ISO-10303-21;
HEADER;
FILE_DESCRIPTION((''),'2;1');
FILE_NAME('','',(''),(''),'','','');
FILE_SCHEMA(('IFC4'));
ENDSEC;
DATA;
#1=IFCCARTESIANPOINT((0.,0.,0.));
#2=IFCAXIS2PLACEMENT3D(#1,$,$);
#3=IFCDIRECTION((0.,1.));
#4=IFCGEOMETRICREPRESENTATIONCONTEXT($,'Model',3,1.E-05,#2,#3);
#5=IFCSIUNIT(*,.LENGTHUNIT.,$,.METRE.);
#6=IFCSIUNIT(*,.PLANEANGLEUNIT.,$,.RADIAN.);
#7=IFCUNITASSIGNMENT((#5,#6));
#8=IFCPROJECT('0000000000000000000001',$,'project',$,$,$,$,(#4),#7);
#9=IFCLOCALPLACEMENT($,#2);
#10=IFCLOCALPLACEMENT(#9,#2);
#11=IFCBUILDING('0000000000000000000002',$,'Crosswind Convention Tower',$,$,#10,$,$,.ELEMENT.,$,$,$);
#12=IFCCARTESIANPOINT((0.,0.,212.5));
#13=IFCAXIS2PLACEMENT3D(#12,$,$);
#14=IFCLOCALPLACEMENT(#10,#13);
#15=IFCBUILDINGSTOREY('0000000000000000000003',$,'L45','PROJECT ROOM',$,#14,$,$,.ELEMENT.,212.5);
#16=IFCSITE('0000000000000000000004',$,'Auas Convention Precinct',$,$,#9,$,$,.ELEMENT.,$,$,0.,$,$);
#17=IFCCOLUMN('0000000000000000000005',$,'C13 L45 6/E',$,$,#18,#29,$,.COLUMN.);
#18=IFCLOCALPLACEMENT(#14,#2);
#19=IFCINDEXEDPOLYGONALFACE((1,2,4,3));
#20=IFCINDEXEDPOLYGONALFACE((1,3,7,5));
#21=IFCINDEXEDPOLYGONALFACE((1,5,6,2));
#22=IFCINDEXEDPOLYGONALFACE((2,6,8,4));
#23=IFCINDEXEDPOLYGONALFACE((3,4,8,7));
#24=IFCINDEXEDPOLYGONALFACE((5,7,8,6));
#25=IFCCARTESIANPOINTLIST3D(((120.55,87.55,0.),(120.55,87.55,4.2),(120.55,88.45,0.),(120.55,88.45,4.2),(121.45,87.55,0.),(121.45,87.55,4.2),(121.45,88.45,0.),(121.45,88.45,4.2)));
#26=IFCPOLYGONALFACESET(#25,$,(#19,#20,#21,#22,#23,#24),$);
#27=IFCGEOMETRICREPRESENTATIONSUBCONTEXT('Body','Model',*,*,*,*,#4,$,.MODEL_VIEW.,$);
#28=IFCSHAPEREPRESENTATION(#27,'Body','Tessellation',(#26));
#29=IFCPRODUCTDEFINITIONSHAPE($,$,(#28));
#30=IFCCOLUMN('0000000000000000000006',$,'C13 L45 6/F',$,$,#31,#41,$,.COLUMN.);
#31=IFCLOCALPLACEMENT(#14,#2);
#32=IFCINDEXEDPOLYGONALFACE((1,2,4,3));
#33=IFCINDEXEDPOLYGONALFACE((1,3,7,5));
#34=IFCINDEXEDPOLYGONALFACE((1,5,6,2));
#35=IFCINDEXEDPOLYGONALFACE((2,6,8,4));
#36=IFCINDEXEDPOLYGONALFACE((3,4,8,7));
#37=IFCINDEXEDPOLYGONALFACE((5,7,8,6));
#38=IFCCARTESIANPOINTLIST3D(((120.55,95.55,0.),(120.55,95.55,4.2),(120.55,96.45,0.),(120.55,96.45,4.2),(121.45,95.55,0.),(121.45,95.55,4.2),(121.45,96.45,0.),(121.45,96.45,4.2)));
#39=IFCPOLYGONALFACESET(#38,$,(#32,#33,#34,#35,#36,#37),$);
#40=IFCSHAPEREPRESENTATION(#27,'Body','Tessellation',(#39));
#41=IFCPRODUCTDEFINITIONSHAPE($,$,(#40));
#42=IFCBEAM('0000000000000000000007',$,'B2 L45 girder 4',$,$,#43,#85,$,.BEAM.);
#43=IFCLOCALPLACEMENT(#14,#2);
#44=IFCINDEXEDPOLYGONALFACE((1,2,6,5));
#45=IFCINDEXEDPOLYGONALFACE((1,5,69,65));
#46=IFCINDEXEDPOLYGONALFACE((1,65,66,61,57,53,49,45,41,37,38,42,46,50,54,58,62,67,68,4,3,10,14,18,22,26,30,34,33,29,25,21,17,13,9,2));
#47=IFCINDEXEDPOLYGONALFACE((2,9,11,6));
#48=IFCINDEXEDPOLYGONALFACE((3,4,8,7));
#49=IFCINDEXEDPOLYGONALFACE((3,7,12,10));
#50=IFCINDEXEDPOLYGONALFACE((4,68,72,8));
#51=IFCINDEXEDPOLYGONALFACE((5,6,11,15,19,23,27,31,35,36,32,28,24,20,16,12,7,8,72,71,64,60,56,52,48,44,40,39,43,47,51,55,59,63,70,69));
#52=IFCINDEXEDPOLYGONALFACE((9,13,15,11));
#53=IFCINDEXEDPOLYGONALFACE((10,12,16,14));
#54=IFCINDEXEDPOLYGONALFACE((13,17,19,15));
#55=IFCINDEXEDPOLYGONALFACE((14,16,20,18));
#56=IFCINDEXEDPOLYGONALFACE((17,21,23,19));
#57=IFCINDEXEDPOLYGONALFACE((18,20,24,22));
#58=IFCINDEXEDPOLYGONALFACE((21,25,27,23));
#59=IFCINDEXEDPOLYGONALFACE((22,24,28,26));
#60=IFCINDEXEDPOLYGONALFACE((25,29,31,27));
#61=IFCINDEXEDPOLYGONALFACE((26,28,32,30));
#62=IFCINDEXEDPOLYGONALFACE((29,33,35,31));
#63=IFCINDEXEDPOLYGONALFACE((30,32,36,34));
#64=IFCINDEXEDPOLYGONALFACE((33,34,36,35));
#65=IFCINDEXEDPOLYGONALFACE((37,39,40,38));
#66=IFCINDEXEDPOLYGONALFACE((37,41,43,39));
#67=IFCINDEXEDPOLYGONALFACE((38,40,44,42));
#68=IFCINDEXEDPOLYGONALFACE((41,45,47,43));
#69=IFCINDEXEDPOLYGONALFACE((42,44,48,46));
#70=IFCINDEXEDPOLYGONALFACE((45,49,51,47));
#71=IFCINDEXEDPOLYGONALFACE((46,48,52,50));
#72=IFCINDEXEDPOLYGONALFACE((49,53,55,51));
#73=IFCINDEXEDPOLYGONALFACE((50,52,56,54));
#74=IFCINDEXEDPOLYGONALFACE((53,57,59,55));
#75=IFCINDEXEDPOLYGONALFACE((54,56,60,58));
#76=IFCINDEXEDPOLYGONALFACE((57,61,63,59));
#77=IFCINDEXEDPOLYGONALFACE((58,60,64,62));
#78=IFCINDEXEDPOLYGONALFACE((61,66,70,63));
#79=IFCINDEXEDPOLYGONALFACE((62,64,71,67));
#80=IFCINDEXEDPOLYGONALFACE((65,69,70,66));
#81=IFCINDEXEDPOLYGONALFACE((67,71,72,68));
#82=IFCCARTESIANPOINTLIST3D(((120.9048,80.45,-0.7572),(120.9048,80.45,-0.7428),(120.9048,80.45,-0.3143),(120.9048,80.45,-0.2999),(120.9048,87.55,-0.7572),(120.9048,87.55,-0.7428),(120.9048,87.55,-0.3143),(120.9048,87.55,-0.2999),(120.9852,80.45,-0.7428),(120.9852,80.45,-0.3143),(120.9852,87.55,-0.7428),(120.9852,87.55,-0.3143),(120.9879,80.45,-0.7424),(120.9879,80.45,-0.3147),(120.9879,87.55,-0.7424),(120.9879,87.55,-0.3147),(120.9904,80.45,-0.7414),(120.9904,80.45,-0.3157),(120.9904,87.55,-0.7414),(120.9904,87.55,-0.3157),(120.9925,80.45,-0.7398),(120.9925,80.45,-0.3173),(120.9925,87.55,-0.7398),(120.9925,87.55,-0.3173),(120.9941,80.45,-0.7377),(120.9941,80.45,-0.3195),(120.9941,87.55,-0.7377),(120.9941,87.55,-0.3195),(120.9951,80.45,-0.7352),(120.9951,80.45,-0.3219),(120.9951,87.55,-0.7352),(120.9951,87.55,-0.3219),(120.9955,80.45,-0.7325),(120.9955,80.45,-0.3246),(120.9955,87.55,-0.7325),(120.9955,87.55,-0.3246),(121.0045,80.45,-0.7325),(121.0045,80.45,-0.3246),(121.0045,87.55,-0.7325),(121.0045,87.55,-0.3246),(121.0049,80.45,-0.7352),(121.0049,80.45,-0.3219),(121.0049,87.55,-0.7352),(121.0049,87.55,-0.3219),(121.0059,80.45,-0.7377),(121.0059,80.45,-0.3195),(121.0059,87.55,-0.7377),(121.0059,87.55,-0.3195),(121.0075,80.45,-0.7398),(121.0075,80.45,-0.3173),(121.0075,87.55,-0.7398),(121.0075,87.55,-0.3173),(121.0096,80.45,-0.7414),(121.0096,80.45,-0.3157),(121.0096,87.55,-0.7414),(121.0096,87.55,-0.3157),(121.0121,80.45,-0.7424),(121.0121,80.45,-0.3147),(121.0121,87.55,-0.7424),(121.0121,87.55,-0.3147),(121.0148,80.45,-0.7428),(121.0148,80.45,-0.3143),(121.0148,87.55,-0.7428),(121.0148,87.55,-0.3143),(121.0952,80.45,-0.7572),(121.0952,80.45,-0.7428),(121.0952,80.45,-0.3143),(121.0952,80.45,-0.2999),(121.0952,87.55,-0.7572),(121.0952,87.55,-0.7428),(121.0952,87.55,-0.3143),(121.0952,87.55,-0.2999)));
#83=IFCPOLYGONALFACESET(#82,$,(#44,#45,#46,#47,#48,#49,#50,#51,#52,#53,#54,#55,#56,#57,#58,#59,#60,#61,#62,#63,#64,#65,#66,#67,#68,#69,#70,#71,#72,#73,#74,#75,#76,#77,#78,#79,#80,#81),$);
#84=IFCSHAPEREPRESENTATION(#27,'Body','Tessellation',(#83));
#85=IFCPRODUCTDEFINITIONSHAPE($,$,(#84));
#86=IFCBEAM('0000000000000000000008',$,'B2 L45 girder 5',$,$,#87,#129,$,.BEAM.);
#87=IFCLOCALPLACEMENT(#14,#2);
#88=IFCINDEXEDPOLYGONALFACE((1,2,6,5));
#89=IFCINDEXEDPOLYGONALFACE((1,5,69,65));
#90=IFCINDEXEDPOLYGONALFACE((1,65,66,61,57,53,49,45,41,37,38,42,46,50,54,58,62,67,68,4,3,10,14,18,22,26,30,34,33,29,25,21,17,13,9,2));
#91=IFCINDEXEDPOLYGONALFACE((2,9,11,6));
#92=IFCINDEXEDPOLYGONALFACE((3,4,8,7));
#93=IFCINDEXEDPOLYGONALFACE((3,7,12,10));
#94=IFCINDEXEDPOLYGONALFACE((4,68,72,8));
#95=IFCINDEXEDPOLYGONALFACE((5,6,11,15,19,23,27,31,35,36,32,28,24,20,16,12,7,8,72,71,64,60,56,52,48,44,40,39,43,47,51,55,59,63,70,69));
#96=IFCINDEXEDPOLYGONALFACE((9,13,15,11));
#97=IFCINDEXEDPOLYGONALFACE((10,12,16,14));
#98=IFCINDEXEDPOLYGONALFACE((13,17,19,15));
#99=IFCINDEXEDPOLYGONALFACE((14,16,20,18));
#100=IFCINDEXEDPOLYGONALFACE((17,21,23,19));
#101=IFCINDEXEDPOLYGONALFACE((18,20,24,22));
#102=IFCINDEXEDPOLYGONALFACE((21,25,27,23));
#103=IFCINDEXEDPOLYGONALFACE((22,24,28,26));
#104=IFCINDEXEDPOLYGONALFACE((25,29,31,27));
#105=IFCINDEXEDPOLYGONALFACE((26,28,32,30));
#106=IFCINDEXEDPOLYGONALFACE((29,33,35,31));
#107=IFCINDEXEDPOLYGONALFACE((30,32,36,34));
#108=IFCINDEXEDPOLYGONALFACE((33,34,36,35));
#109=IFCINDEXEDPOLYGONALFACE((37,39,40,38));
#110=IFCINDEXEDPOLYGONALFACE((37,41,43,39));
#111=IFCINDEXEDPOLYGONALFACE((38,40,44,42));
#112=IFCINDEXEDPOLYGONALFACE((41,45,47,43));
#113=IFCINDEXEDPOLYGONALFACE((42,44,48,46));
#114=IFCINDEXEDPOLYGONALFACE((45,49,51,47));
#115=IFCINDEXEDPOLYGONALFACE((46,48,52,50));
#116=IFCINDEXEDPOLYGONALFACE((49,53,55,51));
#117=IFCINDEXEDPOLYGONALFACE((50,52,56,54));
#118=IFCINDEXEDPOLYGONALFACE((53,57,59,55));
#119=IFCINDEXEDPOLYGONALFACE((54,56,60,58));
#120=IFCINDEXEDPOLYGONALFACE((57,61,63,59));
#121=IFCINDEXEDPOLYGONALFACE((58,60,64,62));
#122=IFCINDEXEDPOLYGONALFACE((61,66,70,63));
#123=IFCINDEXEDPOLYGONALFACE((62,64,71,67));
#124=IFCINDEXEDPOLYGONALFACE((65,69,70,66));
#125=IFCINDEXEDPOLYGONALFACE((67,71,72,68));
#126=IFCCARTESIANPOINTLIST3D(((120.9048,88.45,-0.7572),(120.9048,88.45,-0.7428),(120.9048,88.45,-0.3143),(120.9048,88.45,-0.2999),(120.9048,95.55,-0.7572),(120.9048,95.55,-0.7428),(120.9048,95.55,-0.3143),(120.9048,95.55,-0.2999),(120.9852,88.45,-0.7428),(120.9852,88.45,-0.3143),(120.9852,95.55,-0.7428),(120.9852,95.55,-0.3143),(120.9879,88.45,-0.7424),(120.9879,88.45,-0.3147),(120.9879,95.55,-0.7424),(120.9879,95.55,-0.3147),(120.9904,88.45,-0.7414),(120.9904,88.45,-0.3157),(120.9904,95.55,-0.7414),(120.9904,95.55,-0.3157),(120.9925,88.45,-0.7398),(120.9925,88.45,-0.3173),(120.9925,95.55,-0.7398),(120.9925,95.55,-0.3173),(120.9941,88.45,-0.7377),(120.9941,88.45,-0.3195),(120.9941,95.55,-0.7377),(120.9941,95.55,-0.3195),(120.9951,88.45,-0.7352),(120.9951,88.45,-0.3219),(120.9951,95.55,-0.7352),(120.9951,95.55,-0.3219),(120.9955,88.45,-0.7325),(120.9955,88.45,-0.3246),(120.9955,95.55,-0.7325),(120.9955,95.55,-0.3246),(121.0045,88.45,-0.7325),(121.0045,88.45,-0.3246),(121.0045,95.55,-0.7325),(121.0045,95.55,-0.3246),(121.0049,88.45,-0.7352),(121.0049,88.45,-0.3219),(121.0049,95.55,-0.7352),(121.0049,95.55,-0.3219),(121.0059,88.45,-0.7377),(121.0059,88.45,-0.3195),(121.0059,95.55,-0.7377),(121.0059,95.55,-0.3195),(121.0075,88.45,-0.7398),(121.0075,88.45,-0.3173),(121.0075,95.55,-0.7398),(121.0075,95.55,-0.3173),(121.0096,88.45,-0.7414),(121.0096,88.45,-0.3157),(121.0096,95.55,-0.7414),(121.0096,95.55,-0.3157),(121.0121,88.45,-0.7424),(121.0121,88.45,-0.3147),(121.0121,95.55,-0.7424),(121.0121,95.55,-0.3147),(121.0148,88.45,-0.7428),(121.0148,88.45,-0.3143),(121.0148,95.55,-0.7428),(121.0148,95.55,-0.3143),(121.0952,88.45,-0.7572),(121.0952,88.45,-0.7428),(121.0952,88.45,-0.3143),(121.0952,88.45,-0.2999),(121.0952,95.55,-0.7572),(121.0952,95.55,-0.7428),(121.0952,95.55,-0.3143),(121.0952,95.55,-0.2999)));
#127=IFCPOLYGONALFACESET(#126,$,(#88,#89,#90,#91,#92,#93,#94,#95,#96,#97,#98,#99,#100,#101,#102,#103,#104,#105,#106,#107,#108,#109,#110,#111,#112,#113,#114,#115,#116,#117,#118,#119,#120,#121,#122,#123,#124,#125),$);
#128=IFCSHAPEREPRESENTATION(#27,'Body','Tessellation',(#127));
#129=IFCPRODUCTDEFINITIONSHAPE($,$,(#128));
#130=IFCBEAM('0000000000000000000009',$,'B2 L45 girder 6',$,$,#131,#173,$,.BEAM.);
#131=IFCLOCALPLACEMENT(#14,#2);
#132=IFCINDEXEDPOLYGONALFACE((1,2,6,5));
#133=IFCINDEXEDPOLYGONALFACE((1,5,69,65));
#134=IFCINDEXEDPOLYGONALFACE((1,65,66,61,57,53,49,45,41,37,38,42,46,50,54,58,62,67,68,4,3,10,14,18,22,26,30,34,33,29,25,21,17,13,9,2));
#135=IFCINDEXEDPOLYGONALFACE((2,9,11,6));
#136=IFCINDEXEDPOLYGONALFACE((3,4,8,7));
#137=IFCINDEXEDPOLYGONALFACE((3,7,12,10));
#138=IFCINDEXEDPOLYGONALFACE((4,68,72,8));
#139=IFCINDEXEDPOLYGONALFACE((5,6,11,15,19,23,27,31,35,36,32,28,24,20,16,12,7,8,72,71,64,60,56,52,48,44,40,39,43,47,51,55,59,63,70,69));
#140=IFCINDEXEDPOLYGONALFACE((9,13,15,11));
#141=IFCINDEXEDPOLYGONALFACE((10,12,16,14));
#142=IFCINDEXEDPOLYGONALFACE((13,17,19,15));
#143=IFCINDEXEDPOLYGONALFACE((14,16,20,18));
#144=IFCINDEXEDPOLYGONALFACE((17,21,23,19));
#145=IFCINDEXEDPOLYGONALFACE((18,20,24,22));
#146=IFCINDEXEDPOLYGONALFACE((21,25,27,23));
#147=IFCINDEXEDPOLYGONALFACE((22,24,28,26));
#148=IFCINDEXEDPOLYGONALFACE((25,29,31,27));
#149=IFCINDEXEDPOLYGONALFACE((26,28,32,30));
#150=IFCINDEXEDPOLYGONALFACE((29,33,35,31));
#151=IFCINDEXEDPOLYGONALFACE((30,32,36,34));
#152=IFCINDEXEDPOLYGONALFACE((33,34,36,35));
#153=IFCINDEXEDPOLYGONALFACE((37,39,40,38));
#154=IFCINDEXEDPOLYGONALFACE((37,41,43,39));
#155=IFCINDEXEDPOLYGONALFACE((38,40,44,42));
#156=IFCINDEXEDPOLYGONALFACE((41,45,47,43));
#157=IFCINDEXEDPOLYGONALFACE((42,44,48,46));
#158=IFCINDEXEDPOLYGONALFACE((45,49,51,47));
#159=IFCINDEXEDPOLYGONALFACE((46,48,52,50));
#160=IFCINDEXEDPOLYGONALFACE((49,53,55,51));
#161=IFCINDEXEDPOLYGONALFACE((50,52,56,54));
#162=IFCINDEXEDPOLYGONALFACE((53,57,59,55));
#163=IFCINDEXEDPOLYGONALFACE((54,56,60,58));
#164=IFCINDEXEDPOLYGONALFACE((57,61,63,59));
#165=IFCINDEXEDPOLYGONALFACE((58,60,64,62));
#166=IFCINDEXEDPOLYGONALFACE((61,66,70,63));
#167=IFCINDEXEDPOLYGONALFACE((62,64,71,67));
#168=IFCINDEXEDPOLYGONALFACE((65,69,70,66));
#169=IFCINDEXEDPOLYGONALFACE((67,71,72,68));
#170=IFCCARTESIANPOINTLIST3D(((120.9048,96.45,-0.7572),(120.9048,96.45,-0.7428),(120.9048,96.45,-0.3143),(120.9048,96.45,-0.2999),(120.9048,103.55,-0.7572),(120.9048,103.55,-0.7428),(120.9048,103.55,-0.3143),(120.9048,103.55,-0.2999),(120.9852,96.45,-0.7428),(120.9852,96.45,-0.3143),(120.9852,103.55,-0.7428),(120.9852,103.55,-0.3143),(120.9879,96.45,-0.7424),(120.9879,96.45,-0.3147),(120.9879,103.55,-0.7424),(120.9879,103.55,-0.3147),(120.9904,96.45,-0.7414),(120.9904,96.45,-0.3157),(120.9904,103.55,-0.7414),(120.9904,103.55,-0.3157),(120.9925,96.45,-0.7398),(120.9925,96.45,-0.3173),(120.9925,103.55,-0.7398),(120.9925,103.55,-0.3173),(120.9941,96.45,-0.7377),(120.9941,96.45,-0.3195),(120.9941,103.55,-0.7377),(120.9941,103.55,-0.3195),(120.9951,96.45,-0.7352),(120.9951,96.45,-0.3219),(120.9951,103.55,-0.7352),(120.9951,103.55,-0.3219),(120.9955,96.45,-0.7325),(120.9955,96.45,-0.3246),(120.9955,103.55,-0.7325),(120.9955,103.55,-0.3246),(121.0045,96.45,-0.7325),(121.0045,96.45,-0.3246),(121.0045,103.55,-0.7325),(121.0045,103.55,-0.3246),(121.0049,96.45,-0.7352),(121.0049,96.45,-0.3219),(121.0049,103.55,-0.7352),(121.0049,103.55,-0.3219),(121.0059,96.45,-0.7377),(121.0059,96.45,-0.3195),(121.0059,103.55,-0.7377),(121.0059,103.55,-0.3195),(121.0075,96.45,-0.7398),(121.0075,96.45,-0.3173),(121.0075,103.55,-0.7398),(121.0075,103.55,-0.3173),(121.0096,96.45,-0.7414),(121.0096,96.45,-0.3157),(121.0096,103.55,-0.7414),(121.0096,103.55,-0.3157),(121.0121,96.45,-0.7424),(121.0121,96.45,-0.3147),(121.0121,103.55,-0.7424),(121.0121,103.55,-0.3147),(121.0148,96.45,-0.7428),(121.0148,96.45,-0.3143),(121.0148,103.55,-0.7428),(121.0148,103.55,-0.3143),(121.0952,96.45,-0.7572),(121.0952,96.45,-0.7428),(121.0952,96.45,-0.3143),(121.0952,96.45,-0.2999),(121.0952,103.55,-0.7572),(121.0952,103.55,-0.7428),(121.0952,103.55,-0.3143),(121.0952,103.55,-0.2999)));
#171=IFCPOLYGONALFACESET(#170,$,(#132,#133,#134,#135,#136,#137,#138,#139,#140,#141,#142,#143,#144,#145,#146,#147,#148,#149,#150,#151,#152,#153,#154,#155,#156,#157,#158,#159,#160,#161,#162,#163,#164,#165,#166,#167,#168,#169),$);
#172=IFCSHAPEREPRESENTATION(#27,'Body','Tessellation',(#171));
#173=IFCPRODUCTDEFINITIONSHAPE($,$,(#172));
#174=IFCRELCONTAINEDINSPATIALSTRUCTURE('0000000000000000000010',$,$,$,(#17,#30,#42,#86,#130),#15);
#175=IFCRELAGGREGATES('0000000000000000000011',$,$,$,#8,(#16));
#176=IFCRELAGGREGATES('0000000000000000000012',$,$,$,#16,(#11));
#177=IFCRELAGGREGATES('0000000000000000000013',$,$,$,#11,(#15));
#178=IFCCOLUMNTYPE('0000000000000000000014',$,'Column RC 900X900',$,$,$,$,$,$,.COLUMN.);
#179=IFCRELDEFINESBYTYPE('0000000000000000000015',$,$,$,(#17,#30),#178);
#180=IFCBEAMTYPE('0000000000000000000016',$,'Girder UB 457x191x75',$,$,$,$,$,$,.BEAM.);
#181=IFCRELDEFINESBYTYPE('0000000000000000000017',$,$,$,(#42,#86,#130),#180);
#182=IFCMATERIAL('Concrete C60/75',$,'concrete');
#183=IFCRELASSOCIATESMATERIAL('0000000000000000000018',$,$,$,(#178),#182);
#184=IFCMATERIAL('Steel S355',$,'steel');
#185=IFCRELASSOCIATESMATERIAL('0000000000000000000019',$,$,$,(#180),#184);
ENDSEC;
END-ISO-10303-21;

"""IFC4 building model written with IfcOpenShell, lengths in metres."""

from ifc_helpers import new_model, si_unit, direction, frame, origin, origin_2d, place, context, subcontext, project, spatial, rectangle, i_section, extrude, material, material_profile, profile_set, type_object, element, save


model = new_model("IFC4")

# Units and contexts
model_context = context("Model", 3, precision=1e-05, world=origin(), true_north=direction((0.0, 1.0)))
body_context = subcontext(model_context, "Body", "Model", "MODEL_VIEW")
ifc_project = project(units=[si_unit("LENGTHUNIT", "METRE"), si_unit("PLANEANGLEUNIT", "RADIAN")], contexts=[model_context])

# Site, building, storey
site_placement = place(None, origin())
site = spatial("IfcSite", under=ifc_project, at=site_placement, Name="Auas Convention Precinct", CompositionType="ELEMENT", RefElevation=0.0)
building_placement = place(site_placement, origin())
building = spatial("IfcBuilding", under=site, at=building_placement, Name="Crosswind Convention Tower", CompositionType="ELEMENT")
storey_placement = place(building_placement, frame((0.0, 0.0, 212.5)))
storey = spatial("IfcBuildingStorey", under=building, at=storey_placement, Name="L45", Description="PROJECT ROOM", CompositionType="ELEMENT", Elevation=212.5)

# Columns
ifc_material_1 = material(Name="Concrete C60/75", Category="concrete")
ifc_material_profile_1 = material_profile(ifc_material_1, rectangle(XDim=0.8999, YDim=0.8999, at=origin_2d()), Name="RC 900X900")
ifc_profile_set_1 = profile_set([ifc_material_profile_1], Name="Concrete C60/75")
column_type = type_object("IfcColumnType", Name="Column RC 900X900", PredefinedType="COLUMN", material=ifc_profile_set_1)
for number, where, z_axis, x_axis, name in (
    (1, (121.0, 88.0, 0.0), (0.0, 0.0, 1.0), (1.0, 0.0, 0.0), "C13 L45 6/E"),
    (2, (121.0, 96.0, 0.0), (0.0, 0.0, 1.0), (1.0, 0.0, 0.0), "C13 L45 6/F"),
):
    element("IfcColumn", number, at=place(storey_placement, frame(where, z_axis=z_axis, x_axis=x_axis)), inside=storey, type_object=column_type, Name=name, PredefinedType="COLUMN", context=body_context, shape_type="SweptSolid", body=[
        extrude(rectangle(XDim=0.8999, YDim=0.8999, at=origin_2d()), origin(), (0.0, 0.0, 1.0), 4.2),
    ])

# Beams
ifc_material_2 = material(Name="Steel S355", Category="steel")
ifc_material_profile_2 = material_profile(ifc_material_2, i_section(OverallWidth=0.1904, OverallDepth=0.4573, WebThickness=0.009, FlangeThickness=0.0144, FilletRadius=0.0103, at=origin_2d()), Name="UB 457x191x75")
ifc_profile_set_2 = profile_set([ifc_material_profile_2], Name="Steel S355")
beam_type_1 = type_object("IfcBeamType", Name="Girder UB 457x191x75", PredefinedType="BEAM", material=ifc_profile_set_2)
for number, where, z_axis, x_axis, name in (
    (3, (121.0, 80.45, -0.5286), (0.0, 1.0, 0.0), (-1.0, 0.0, 0.0), "B2 L45 girder 4"),
    (4, (121.0, 88.45, -0.5286), (0.0, 1.0, 0.0), (-1.0, 0.0, 0.0), "B2 L45 girder 5"),
    (5, (121.0, 96.45, -0.5286), (0.0, 1.0, 0.0), (-1.0, 0.0, 0.0), "B2 L45 girder 6"),
):
    element("IfcBeam", number, at=place(storey_placement, frame(where, z_axis=z_axis, x_axis=x_axis)), inside=storey, type_object=beam_type_1, Name=name, PredefinedType="BEAM", context=body_context, shape_type="SweptSolid", body=[
        extrude(i_section(OverallWidth=0.1904, OverallDepth=0.4573, WebThickness=0.009, FlangeThickness=0.0144, FilletRadius=0.0103, at=origin_2d()), origin(), (0.0, 0.0, 1.0), 7.1001),
    ])

save(model, "model.ifc")
